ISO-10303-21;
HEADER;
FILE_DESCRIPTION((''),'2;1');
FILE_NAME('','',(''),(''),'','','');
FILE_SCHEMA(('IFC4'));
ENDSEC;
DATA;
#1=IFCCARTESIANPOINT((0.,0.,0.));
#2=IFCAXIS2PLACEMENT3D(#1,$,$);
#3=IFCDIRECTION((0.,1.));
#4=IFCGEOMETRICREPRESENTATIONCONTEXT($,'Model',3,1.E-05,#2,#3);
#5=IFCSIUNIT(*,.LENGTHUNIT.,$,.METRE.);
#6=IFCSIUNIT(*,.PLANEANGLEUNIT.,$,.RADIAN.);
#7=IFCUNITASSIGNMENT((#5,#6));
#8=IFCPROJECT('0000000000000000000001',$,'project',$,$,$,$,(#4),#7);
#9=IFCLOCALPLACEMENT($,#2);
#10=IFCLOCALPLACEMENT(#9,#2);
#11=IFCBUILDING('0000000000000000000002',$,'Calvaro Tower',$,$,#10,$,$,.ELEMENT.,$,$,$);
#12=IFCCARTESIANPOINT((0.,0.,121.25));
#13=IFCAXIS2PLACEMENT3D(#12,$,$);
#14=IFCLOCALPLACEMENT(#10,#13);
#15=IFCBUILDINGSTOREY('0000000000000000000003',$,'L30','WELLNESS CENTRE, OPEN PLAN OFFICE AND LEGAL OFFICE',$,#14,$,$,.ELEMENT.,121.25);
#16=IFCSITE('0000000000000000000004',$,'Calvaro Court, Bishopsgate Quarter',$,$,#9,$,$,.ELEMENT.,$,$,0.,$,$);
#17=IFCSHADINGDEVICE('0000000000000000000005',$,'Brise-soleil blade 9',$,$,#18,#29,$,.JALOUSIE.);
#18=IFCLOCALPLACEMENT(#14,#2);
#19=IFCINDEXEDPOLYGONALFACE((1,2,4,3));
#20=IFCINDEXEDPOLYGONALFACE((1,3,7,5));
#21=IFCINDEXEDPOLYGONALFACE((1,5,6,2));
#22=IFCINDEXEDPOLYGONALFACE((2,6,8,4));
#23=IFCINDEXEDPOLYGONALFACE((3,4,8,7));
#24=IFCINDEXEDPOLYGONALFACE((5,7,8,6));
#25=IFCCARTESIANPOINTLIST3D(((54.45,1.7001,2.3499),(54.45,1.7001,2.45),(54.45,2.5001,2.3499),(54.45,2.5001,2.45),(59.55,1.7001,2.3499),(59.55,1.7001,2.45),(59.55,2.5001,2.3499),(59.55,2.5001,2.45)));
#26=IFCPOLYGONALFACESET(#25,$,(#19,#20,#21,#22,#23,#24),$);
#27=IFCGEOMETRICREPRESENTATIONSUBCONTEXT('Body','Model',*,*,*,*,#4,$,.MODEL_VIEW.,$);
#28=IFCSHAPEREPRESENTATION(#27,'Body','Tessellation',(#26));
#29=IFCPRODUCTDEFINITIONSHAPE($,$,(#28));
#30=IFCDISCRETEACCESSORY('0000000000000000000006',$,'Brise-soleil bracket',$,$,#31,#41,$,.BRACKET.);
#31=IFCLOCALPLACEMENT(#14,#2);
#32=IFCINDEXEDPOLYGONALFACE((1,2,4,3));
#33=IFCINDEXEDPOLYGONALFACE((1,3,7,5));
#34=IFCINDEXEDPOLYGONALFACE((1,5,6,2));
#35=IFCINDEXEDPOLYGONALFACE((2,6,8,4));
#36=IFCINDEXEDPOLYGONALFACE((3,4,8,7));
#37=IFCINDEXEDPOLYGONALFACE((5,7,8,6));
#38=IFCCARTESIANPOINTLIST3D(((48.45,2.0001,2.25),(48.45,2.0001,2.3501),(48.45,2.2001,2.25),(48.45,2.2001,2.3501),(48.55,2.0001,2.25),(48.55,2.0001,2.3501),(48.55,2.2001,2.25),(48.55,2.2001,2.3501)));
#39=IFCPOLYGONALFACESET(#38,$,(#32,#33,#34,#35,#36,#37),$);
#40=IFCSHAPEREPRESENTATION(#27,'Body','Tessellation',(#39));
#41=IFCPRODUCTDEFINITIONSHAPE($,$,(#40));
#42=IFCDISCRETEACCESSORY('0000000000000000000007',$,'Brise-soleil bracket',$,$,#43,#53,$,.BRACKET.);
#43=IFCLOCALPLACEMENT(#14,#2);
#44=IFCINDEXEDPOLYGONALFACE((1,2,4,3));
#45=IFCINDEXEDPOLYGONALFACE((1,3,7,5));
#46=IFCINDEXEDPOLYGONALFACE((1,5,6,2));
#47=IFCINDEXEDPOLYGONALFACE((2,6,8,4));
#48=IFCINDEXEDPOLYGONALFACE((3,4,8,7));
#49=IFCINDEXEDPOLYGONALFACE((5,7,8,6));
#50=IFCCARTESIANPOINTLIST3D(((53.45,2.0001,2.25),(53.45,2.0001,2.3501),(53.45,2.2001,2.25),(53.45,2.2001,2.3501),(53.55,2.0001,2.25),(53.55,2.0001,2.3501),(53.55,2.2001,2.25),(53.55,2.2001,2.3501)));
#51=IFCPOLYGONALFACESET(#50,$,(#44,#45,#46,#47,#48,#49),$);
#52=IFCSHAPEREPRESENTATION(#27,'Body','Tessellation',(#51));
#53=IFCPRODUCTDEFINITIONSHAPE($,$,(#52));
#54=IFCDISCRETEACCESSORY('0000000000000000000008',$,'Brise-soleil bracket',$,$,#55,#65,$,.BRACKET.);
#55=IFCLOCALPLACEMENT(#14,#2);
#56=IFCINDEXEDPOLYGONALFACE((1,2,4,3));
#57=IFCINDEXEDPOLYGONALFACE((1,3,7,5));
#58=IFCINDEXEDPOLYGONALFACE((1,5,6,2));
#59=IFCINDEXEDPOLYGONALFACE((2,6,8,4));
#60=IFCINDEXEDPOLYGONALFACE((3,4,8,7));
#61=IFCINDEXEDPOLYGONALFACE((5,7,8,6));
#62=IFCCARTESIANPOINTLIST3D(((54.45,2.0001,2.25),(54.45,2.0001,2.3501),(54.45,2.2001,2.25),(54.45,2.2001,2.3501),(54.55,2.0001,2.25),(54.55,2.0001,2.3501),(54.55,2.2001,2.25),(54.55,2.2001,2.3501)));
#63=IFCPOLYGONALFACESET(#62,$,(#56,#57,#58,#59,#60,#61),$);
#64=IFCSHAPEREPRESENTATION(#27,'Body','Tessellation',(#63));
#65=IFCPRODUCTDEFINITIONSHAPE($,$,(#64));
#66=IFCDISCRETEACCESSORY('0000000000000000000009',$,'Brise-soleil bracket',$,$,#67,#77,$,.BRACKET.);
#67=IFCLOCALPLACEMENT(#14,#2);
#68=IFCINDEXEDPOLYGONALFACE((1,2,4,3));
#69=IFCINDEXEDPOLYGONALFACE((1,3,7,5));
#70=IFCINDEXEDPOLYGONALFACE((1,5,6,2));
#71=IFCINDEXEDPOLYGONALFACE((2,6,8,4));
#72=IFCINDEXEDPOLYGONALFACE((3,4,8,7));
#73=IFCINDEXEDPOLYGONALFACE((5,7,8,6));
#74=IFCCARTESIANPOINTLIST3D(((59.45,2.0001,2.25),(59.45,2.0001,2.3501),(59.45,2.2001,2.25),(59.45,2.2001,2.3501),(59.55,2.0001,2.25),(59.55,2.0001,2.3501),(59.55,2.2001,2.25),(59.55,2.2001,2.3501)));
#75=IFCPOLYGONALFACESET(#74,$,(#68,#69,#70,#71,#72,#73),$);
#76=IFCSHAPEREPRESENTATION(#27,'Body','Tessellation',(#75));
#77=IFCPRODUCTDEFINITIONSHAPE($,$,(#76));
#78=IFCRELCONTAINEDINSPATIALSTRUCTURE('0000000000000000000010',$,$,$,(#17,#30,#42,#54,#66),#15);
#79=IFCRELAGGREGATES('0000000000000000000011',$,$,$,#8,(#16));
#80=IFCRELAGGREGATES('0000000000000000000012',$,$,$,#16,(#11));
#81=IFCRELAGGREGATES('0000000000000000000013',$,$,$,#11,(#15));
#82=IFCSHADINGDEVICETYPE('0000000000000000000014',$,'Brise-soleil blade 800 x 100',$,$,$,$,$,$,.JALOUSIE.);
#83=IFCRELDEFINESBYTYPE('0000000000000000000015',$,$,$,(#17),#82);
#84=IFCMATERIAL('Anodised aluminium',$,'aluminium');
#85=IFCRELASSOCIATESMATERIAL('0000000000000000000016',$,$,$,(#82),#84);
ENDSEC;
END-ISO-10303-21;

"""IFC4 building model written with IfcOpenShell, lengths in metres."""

from ifc_helpers import new_model, si_unit, direction, frame, origin, origin_2d, place, context, subcontext, project, spatial, rectangle, extrude, material, material_profile, profile_set, type_object, element, save


model = new_model("IFC4")

# Units and contexts
model_context = context("Model", 3, precision=1e-05, world=origin(), true_north=direction((0.0, 1.0)))
body_context = subcontext(model_context, "Body", "Model", "MODEL_VIEW")
ifc_project = project(units=[si_unit("LENGTHUNIT", "METRE"), si_unit("PLANEANGLEUNIT", "RADIAN")], contexts=[model_context])

# Site, building, storey
site_placement = place(None, origin())
site = spatial("IfcSite", under=ifc_project, at=site_placement, Name="Calvaro Court, Bishopsgate Quarter", CompositionType="ELEMENT", RefElevation=0.0)
building_placement = place(site_placement, origin())
building = spatial("IfcBuilding", under=site, at=building_placement, Name="Calvaro Tower", CompositionType="ELEMENT")
storey_placement = place(building_placement, frame((0.0, 0.0, 121.25)))
storey = spatial("IfcBuildingStorey", under=building, at=storey_placement, Name="L30", Description="WELLNESS CENTRE, OPEN PLAN OFFICE AND LEGAL OFFICE", CompositionType="ELEMENT", Elevation=121.25)

# Shading device
ifc_material_1 = material(Name="Anodised aluminium", Category="aluminium")
ifc_material_profile_1 = material_profile(ifc_material_1, rectangle(XDim=0.8, YDim=0.1001, at=origin_2d()), Name="Brise-soleil blade 800 x 100")
ifc_profile_set_1 = profile_set([ifc_material_profile_1], Name="Anodised aluminium")
shading_device_type = type_object("IfcShadingDeviceType", Name="Brise-soleil blade 800 x 100", PredefinedType="JALOUSIE", material=ifc_profile_set_1)
shading_device_placement = place(storey_placement, frame((54.45, 2.1001, 2.3999), z_axis=(1.0, 0.0, 0.0), x_axis=(0.0, 1.0, 0.0)))
element("IfcShadingDevice", 1, at=shading_device_placement, inside=storey, type_object=shading_device_type, Name="Brise-soleil blade 9", PredefinedType="JALOUSIE", context=body_context, shape_type="SweptSolid", body=[
    extrude(rectangle(XDim=0.8, YDim=0.1001, at=origin_2d()), origin(), (0.0, 0.0, 1.0), 5.1001),
])

# Discrete accessories
for number, where, z_axis, x_axis, name in (
    (2, (48.5, 2.1001, 2.25), (0.0, 0.0, 1.0), (1.0, 0.0, 0.0), "Brise-soleil bracket"),
    (3, (53.5, 2.1001, 2.25), (0.0, 0.0, 1.0), (1.0, 0.0, 0.0), "Brise-soleil bracket"),
    (4, (54.5, 2.1001, 2.25), (0.0, 0.0, 1.0), (1.0, 0.0, 0.0), "Brise-soleil bracket"),
    (5, (59.5, 2.1001, 2.25), (0.0, 0.0, 1.0), (1.0, 0.0, 0.0), "Brise-soleil bracket"),
):
    element("IfcDiscreteAccessory", number, at=place(storey_placement, frame(where, z_axis=z_axis, x_axis=x_axis)), inside=storey, Name=name, PredefinedType="BRACKET", context=body_context, shape_type="SweptSolid", body=[
        extrude(rectangle(XDim=0.1001, YDim=0.2, at=origin_2d()), origin(), (0.0, 0.0, 1.0), 0.1001),
    ])

save(model, "model.ifc")
